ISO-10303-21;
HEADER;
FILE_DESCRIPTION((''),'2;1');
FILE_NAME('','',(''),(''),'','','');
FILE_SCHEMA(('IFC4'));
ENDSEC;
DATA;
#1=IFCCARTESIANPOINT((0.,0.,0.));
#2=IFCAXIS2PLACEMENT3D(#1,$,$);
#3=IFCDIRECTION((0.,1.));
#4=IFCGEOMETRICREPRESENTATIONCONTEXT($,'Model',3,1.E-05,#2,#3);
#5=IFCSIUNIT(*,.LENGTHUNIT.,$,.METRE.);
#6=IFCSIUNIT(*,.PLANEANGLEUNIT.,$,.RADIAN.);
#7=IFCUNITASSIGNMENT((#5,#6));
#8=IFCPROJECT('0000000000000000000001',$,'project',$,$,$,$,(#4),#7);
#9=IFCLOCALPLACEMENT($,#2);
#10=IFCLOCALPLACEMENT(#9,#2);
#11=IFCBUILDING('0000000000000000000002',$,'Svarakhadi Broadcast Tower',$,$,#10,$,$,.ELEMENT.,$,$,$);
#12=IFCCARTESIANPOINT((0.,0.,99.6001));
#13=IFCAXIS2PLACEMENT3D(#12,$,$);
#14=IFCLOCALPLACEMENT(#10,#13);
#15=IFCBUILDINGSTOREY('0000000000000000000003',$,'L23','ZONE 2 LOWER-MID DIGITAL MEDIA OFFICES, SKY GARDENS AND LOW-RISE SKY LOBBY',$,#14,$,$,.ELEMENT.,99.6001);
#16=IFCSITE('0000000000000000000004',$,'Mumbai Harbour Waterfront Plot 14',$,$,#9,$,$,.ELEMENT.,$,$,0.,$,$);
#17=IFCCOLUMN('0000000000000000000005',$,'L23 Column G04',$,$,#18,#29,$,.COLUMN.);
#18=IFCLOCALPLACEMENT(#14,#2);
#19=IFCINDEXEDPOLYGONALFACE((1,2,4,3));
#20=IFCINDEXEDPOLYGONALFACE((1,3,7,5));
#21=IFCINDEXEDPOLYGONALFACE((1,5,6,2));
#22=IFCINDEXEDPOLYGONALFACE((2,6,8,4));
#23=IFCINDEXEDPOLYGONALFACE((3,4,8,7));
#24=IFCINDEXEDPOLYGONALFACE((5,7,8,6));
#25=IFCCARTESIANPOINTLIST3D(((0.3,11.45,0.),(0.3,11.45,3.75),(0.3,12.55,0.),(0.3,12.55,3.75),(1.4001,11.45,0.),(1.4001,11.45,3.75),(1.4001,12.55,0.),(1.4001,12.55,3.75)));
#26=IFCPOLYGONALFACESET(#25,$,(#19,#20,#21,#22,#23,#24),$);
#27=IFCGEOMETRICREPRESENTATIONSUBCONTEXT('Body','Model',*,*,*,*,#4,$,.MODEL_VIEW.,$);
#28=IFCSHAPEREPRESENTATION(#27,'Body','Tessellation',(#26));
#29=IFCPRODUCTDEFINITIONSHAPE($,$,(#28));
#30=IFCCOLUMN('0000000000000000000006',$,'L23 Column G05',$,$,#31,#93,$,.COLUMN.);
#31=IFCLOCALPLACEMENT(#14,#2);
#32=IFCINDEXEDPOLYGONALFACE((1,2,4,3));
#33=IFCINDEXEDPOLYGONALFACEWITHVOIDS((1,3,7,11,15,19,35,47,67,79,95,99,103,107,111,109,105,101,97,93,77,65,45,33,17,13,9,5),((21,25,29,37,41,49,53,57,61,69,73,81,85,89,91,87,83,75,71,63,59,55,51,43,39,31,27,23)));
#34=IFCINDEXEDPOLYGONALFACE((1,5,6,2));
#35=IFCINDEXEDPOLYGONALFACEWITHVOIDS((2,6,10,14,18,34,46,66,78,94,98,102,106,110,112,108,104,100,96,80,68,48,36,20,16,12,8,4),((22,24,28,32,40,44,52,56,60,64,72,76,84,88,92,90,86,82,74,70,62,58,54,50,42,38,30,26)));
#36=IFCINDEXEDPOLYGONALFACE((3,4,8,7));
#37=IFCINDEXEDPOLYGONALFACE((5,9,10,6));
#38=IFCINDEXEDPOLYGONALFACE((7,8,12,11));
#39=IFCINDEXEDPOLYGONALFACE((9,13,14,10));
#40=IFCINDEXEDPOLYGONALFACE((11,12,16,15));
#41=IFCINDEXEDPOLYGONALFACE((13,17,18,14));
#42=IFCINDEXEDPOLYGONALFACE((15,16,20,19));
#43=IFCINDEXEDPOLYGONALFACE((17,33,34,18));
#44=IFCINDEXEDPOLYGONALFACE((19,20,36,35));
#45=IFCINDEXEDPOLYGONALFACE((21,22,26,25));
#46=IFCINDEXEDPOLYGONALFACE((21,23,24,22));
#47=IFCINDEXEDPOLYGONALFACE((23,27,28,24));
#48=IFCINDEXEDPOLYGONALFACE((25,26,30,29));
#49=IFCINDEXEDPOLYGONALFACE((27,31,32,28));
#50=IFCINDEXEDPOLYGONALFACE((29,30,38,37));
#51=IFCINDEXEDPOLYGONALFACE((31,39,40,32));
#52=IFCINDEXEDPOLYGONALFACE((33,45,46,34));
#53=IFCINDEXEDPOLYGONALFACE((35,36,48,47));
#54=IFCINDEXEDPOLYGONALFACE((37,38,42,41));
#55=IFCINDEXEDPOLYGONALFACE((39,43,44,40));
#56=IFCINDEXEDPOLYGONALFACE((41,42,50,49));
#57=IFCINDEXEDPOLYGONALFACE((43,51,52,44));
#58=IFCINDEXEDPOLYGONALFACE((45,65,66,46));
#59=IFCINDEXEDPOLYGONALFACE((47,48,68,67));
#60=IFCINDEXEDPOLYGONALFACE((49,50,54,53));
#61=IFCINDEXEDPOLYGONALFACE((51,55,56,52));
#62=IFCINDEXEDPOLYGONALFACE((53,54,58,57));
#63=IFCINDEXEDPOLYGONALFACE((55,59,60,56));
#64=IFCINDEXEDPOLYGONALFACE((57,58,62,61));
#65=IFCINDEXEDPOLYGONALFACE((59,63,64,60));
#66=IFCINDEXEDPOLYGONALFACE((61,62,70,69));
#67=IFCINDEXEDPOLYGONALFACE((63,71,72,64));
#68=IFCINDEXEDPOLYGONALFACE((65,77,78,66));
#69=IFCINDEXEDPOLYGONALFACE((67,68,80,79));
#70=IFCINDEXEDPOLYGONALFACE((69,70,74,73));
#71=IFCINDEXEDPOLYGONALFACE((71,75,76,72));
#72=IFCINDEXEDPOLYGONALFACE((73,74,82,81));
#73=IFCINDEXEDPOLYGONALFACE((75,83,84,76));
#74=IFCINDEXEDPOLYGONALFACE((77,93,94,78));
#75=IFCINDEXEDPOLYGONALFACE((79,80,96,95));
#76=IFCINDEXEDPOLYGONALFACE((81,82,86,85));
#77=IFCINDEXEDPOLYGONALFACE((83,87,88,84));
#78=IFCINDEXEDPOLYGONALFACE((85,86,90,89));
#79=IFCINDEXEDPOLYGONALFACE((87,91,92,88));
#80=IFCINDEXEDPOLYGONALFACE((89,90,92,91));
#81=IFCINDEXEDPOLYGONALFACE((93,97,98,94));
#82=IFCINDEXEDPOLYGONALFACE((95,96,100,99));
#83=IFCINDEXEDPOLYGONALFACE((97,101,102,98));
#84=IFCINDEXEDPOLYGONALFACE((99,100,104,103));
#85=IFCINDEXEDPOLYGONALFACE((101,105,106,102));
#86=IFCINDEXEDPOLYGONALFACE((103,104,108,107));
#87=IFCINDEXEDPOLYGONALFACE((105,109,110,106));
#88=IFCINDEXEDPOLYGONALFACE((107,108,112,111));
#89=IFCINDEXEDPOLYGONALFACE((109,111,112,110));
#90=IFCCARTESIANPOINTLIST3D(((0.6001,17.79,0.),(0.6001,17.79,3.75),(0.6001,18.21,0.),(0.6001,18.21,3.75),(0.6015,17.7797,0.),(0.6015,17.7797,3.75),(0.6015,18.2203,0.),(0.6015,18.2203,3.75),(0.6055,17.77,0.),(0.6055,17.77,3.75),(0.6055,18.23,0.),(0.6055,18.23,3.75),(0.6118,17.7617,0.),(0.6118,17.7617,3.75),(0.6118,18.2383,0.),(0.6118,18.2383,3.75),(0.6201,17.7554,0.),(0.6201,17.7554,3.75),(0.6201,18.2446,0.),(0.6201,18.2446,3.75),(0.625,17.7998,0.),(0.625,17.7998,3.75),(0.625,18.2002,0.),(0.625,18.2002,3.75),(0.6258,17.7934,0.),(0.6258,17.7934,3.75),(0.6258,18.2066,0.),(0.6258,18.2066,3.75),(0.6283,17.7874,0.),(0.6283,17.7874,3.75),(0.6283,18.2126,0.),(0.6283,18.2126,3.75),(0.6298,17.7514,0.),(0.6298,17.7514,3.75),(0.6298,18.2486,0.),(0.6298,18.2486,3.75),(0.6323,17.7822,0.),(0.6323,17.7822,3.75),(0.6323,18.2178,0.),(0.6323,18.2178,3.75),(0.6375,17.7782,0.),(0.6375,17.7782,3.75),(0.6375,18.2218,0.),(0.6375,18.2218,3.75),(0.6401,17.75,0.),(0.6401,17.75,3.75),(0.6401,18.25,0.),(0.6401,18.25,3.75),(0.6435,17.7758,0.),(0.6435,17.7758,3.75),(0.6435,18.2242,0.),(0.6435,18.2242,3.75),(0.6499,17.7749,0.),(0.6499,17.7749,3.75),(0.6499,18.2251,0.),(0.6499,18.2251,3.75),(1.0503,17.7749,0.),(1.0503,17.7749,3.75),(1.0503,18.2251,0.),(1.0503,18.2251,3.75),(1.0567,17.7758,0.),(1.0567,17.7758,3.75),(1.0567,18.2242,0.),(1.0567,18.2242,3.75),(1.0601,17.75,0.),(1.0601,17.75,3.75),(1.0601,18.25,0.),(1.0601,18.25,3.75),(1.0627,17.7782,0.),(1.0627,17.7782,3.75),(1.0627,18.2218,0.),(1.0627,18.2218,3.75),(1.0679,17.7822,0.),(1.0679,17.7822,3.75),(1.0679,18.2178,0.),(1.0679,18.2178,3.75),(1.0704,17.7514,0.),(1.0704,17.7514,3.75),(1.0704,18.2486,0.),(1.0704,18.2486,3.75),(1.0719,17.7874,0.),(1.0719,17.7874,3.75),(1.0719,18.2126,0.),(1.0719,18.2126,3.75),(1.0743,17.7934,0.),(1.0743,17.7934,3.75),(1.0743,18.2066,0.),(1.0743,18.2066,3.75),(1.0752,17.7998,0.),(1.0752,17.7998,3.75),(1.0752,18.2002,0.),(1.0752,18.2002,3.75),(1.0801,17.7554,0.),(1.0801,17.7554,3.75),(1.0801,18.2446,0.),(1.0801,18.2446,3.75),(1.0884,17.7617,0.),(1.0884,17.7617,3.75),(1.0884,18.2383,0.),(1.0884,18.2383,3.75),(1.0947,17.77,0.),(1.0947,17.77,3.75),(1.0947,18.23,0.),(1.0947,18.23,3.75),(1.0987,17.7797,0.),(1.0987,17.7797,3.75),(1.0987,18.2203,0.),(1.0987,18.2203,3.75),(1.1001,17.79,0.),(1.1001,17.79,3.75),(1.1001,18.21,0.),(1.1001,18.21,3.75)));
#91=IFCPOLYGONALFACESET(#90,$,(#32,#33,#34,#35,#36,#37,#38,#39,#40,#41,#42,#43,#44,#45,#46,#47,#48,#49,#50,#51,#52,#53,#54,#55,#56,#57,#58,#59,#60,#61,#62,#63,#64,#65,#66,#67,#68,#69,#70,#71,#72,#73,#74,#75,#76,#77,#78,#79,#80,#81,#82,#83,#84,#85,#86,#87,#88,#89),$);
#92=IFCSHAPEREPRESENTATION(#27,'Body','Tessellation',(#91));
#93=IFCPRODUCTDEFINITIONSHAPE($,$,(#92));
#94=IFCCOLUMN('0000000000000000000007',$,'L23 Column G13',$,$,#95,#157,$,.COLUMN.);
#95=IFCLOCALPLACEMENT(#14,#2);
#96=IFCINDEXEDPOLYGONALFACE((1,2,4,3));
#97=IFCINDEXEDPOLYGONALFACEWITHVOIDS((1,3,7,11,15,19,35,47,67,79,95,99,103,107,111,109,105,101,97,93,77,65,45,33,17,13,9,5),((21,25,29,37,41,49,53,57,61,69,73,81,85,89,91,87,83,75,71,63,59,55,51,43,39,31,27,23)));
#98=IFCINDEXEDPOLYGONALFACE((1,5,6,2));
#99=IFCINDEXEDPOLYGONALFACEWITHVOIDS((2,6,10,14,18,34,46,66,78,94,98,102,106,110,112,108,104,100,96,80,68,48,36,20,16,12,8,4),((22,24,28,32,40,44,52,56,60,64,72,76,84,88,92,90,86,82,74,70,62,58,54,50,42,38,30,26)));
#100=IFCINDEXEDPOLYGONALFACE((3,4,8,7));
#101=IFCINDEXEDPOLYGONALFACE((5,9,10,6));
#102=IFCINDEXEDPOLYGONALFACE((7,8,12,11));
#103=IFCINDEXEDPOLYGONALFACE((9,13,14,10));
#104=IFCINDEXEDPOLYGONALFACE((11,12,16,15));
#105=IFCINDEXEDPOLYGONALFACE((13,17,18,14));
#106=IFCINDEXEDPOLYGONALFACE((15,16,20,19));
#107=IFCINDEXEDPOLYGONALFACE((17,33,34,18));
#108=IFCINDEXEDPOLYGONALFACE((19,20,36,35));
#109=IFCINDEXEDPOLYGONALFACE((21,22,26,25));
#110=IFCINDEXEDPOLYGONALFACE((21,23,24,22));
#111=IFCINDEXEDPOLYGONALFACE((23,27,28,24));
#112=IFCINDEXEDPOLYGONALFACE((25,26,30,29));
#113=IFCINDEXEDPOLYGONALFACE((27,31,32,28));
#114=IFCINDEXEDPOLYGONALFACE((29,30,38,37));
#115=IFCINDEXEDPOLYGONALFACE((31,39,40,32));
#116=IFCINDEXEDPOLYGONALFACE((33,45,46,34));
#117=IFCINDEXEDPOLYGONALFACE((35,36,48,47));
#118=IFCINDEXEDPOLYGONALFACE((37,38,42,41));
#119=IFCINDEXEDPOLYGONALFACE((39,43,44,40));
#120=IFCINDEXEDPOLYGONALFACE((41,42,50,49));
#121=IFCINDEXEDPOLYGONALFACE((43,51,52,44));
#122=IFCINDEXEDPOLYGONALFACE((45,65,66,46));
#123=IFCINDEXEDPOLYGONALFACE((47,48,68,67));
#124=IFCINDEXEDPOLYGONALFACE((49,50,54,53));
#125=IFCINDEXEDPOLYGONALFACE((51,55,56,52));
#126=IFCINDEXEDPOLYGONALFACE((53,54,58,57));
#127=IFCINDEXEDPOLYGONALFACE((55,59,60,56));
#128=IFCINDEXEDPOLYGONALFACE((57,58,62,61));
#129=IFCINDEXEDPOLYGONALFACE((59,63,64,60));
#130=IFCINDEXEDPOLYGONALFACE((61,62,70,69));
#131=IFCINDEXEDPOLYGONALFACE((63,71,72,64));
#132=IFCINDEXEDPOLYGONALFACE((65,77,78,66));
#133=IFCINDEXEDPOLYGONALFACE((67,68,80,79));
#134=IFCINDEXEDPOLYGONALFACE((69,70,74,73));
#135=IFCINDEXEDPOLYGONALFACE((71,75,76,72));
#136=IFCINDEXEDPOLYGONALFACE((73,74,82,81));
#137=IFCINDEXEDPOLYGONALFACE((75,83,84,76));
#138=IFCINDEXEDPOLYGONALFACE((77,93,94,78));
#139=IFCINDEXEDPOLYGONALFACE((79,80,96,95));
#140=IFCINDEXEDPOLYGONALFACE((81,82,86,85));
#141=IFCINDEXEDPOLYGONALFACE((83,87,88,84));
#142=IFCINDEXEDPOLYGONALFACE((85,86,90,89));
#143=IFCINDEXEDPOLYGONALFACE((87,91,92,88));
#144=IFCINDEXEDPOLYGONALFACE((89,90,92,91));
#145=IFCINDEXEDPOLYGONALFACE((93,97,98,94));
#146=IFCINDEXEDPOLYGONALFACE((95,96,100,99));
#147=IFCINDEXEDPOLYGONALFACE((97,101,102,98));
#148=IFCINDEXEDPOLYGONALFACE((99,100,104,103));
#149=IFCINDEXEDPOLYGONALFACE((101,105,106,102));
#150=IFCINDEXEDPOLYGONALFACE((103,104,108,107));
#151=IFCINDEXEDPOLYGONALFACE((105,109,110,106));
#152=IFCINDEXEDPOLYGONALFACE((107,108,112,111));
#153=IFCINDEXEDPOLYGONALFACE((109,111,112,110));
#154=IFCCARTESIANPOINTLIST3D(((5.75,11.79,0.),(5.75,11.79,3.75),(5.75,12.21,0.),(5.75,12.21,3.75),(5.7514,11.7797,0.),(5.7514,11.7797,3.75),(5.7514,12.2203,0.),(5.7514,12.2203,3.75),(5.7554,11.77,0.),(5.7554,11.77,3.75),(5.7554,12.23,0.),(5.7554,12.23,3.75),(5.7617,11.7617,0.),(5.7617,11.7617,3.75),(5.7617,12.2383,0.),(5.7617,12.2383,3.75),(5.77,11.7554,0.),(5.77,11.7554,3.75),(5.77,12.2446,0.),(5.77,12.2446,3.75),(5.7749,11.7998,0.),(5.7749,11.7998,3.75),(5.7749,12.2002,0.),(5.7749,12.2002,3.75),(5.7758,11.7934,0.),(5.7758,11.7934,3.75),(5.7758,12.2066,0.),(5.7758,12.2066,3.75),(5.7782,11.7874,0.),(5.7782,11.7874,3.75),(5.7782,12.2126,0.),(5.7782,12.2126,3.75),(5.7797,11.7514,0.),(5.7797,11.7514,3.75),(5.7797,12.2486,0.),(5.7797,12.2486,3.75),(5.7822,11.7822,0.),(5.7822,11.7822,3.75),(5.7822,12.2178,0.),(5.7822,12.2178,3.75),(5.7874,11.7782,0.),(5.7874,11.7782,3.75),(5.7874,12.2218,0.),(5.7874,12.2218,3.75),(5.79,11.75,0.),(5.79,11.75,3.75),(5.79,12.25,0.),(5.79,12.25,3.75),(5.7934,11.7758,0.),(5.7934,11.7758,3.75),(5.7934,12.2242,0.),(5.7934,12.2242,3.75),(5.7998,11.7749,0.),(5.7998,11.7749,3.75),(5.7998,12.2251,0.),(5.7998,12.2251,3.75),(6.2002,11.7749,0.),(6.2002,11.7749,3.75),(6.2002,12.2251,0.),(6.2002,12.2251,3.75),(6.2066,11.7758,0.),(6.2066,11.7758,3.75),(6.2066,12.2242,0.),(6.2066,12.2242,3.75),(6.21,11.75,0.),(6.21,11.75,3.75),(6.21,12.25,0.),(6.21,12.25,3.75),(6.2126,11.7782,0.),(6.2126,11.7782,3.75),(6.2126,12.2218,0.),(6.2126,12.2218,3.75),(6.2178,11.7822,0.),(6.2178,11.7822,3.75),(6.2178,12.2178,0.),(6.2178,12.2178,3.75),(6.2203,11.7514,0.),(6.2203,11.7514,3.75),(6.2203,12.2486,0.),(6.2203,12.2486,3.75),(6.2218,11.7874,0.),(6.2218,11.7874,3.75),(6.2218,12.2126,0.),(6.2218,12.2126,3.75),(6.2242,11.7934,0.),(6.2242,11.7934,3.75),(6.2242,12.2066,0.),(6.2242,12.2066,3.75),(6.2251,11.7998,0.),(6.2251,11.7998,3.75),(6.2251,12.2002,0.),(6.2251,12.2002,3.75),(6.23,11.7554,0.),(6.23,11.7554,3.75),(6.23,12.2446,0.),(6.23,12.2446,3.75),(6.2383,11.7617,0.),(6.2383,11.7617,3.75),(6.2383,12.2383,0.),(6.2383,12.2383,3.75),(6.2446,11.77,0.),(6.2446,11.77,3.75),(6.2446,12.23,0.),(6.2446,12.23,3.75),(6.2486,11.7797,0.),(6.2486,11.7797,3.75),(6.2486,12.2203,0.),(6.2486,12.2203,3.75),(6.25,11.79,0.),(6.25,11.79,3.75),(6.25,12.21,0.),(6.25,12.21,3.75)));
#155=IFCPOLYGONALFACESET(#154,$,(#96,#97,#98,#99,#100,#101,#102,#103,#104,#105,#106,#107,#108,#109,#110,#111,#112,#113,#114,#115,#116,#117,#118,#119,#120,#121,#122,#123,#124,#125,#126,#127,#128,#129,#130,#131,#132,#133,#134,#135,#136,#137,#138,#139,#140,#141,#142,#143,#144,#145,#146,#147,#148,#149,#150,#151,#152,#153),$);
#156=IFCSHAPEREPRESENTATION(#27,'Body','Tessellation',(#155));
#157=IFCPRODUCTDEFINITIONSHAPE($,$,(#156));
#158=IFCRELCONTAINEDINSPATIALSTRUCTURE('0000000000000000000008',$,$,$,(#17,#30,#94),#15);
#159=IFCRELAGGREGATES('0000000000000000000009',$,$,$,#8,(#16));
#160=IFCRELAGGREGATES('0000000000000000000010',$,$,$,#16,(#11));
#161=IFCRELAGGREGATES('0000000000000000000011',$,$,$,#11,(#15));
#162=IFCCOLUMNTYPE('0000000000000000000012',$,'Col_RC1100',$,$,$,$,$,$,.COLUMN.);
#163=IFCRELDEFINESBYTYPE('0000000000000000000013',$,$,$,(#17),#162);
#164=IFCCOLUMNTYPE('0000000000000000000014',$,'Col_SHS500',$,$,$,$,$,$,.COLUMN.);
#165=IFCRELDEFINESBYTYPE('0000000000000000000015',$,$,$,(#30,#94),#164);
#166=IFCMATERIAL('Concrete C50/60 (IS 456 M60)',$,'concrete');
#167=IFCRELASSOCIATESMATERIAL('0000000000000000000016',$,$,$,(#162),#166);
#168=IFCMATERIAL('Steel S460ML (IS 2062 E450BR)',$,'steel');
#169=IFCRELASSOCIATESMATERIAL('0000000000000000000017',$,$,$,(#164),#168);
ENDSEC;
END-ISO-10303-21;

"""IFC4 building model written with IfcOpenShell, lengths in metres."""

from ifc_helpers import new_model, si_unit, direction, frame, origin, origin_2d, place, context, subcontext, project, spatial, rectangle, hollow_rectangle, extrude, material, material_profile, profile_set, type_object, element, save


model = new_model("IFC4")

# Units and contexts
model_context = context("Model", 3, precision=1e-05, world=origin(), true_north=direction((0.0, 1.0)))
body_context = subcontext(model_context, "Body", "Model", "MODEL_VIEW")
ifc_project = project(units=[si_unit("LENGTHUNIT", "METRE"), si_unit("PLANEANGLEUNIT", "RADIAN")], contexts=[model_context])

# Site, building, storey
site_placement = place(None, origin())
site = spatial("IfcSite", under=ifc_project, at=site_placement, Name="Mumbai Harbour Waterfront Plot 14", CompositionType="ELEMENT", RefElevation=0.0)
building_placement = place(site_placement, origin())
building = spatial("IfcBuilding", under=site, at=building_placement, Name="Svarakhadi Broadcast Tower", CompositionType="ELEMENT")
storey_placement = place(building_placement, frame((0.0, 0.0, 99.6001)))
storey = spatial("IfcBuildingStorey", under=building, at=storey_placement, Name="L23", Description="ZONE 2 LOWER-MID DIGITAL MEDIA OFFICES, SKY GARDENS AND LOW-RISE SKY LOBBY", CompositionType="ELEMENT", Elevation=99.6001)

# Columns
ifc_material_1 = material(Name="Concrete C50/60 (IS 456 M60)", Category="concrete")
ifc_material_profile_1 = material_profile(ifc_material_1, rectangle(XDim=1.1001, YDim=1.1001, at=origin_2d()), Name="RC 1100x1100")
ifc_profile_set_1 = profile_set([ifc_material_profile_1], Name="Concrete C50/60 (IS 456 M60)")
column_type_1 = type_object("IfcColumnType", Name="Col_RC1100", PredefinedType="COLUMN", material=ifc_profile_set_1)
column_placement = place(storey_placement, frame((0.8501, 12.0, 0.0), z_axis=(0.0, 0.0, 1.0), x_axis=(1.0, 0.0, 0.0)))
element("IfcColumn", 1, at=column_placement, inside=storey, type_object=column_type_1, Name="L23 Column G04", PredefinedType="COLUMN", context=body_context, shape_type="SweptSolid", body=[
    extrude(rectangle(XDim=1.1001, YDim=1.1001, at=origin_2d()), origin(), (0.0, 0.0, 1.0), 3.75),
])
ifc_material_2 = material(Name="Steel S460ML (IS 2062 E450BR)", Category="steel")
ifc_material_profile_2 = material_profile(ifc_material_2, hollow_rectangle(XDim=0.5, YDim=0.5, WallThickness=0.0249, InnerFilletRadius=0.0249, OuterFilletRadius=0.04, at=origin_2d()), Name="SHS 500x500x25")
ifc_profile_set_2 = profile_set([ifc_material_profile_2], Name="Steel S460ML (IS 2062 E450BR)")
column_type_2 = type_object("IfcColumnType", Name="Col_SHS500", PredefinedType="COLUMN", material=ifc_profile_set_2)
for number, where, z_axis, x_axis, name in (
    (2, (0.8501, 18.0, 0.0), (0.0, 0.0, 1.0), (1.0, 0.0, 0.0), "L23 Column G05"),
    (3, (6.0, 12.0, 0.0), (0.0, 0.0, 1.0), (1.0, 0.0, 0.0), "L23 Column G13"),
):
    element("IfcColumn", number, at=place(storey_placement, frame(where, z_axis=z_axis, x_axis=x_axis)), inside=storey, type_object=column_type_2, Name=name, PredefinedType="COLUMN", context=body_context, shape_type="SweptSolid", body=[
        extrude(hollow_rectangle(XDim=0.5, YDim=0.5, WallThickness=0.0249, InnerFilletRadius=0.0249, OuterFilletRadius=0.04, at=origin_2d()), origin(), (0.0, 0.0, 1.0), 3.75),
    ])

save(model, "model.ifc")
